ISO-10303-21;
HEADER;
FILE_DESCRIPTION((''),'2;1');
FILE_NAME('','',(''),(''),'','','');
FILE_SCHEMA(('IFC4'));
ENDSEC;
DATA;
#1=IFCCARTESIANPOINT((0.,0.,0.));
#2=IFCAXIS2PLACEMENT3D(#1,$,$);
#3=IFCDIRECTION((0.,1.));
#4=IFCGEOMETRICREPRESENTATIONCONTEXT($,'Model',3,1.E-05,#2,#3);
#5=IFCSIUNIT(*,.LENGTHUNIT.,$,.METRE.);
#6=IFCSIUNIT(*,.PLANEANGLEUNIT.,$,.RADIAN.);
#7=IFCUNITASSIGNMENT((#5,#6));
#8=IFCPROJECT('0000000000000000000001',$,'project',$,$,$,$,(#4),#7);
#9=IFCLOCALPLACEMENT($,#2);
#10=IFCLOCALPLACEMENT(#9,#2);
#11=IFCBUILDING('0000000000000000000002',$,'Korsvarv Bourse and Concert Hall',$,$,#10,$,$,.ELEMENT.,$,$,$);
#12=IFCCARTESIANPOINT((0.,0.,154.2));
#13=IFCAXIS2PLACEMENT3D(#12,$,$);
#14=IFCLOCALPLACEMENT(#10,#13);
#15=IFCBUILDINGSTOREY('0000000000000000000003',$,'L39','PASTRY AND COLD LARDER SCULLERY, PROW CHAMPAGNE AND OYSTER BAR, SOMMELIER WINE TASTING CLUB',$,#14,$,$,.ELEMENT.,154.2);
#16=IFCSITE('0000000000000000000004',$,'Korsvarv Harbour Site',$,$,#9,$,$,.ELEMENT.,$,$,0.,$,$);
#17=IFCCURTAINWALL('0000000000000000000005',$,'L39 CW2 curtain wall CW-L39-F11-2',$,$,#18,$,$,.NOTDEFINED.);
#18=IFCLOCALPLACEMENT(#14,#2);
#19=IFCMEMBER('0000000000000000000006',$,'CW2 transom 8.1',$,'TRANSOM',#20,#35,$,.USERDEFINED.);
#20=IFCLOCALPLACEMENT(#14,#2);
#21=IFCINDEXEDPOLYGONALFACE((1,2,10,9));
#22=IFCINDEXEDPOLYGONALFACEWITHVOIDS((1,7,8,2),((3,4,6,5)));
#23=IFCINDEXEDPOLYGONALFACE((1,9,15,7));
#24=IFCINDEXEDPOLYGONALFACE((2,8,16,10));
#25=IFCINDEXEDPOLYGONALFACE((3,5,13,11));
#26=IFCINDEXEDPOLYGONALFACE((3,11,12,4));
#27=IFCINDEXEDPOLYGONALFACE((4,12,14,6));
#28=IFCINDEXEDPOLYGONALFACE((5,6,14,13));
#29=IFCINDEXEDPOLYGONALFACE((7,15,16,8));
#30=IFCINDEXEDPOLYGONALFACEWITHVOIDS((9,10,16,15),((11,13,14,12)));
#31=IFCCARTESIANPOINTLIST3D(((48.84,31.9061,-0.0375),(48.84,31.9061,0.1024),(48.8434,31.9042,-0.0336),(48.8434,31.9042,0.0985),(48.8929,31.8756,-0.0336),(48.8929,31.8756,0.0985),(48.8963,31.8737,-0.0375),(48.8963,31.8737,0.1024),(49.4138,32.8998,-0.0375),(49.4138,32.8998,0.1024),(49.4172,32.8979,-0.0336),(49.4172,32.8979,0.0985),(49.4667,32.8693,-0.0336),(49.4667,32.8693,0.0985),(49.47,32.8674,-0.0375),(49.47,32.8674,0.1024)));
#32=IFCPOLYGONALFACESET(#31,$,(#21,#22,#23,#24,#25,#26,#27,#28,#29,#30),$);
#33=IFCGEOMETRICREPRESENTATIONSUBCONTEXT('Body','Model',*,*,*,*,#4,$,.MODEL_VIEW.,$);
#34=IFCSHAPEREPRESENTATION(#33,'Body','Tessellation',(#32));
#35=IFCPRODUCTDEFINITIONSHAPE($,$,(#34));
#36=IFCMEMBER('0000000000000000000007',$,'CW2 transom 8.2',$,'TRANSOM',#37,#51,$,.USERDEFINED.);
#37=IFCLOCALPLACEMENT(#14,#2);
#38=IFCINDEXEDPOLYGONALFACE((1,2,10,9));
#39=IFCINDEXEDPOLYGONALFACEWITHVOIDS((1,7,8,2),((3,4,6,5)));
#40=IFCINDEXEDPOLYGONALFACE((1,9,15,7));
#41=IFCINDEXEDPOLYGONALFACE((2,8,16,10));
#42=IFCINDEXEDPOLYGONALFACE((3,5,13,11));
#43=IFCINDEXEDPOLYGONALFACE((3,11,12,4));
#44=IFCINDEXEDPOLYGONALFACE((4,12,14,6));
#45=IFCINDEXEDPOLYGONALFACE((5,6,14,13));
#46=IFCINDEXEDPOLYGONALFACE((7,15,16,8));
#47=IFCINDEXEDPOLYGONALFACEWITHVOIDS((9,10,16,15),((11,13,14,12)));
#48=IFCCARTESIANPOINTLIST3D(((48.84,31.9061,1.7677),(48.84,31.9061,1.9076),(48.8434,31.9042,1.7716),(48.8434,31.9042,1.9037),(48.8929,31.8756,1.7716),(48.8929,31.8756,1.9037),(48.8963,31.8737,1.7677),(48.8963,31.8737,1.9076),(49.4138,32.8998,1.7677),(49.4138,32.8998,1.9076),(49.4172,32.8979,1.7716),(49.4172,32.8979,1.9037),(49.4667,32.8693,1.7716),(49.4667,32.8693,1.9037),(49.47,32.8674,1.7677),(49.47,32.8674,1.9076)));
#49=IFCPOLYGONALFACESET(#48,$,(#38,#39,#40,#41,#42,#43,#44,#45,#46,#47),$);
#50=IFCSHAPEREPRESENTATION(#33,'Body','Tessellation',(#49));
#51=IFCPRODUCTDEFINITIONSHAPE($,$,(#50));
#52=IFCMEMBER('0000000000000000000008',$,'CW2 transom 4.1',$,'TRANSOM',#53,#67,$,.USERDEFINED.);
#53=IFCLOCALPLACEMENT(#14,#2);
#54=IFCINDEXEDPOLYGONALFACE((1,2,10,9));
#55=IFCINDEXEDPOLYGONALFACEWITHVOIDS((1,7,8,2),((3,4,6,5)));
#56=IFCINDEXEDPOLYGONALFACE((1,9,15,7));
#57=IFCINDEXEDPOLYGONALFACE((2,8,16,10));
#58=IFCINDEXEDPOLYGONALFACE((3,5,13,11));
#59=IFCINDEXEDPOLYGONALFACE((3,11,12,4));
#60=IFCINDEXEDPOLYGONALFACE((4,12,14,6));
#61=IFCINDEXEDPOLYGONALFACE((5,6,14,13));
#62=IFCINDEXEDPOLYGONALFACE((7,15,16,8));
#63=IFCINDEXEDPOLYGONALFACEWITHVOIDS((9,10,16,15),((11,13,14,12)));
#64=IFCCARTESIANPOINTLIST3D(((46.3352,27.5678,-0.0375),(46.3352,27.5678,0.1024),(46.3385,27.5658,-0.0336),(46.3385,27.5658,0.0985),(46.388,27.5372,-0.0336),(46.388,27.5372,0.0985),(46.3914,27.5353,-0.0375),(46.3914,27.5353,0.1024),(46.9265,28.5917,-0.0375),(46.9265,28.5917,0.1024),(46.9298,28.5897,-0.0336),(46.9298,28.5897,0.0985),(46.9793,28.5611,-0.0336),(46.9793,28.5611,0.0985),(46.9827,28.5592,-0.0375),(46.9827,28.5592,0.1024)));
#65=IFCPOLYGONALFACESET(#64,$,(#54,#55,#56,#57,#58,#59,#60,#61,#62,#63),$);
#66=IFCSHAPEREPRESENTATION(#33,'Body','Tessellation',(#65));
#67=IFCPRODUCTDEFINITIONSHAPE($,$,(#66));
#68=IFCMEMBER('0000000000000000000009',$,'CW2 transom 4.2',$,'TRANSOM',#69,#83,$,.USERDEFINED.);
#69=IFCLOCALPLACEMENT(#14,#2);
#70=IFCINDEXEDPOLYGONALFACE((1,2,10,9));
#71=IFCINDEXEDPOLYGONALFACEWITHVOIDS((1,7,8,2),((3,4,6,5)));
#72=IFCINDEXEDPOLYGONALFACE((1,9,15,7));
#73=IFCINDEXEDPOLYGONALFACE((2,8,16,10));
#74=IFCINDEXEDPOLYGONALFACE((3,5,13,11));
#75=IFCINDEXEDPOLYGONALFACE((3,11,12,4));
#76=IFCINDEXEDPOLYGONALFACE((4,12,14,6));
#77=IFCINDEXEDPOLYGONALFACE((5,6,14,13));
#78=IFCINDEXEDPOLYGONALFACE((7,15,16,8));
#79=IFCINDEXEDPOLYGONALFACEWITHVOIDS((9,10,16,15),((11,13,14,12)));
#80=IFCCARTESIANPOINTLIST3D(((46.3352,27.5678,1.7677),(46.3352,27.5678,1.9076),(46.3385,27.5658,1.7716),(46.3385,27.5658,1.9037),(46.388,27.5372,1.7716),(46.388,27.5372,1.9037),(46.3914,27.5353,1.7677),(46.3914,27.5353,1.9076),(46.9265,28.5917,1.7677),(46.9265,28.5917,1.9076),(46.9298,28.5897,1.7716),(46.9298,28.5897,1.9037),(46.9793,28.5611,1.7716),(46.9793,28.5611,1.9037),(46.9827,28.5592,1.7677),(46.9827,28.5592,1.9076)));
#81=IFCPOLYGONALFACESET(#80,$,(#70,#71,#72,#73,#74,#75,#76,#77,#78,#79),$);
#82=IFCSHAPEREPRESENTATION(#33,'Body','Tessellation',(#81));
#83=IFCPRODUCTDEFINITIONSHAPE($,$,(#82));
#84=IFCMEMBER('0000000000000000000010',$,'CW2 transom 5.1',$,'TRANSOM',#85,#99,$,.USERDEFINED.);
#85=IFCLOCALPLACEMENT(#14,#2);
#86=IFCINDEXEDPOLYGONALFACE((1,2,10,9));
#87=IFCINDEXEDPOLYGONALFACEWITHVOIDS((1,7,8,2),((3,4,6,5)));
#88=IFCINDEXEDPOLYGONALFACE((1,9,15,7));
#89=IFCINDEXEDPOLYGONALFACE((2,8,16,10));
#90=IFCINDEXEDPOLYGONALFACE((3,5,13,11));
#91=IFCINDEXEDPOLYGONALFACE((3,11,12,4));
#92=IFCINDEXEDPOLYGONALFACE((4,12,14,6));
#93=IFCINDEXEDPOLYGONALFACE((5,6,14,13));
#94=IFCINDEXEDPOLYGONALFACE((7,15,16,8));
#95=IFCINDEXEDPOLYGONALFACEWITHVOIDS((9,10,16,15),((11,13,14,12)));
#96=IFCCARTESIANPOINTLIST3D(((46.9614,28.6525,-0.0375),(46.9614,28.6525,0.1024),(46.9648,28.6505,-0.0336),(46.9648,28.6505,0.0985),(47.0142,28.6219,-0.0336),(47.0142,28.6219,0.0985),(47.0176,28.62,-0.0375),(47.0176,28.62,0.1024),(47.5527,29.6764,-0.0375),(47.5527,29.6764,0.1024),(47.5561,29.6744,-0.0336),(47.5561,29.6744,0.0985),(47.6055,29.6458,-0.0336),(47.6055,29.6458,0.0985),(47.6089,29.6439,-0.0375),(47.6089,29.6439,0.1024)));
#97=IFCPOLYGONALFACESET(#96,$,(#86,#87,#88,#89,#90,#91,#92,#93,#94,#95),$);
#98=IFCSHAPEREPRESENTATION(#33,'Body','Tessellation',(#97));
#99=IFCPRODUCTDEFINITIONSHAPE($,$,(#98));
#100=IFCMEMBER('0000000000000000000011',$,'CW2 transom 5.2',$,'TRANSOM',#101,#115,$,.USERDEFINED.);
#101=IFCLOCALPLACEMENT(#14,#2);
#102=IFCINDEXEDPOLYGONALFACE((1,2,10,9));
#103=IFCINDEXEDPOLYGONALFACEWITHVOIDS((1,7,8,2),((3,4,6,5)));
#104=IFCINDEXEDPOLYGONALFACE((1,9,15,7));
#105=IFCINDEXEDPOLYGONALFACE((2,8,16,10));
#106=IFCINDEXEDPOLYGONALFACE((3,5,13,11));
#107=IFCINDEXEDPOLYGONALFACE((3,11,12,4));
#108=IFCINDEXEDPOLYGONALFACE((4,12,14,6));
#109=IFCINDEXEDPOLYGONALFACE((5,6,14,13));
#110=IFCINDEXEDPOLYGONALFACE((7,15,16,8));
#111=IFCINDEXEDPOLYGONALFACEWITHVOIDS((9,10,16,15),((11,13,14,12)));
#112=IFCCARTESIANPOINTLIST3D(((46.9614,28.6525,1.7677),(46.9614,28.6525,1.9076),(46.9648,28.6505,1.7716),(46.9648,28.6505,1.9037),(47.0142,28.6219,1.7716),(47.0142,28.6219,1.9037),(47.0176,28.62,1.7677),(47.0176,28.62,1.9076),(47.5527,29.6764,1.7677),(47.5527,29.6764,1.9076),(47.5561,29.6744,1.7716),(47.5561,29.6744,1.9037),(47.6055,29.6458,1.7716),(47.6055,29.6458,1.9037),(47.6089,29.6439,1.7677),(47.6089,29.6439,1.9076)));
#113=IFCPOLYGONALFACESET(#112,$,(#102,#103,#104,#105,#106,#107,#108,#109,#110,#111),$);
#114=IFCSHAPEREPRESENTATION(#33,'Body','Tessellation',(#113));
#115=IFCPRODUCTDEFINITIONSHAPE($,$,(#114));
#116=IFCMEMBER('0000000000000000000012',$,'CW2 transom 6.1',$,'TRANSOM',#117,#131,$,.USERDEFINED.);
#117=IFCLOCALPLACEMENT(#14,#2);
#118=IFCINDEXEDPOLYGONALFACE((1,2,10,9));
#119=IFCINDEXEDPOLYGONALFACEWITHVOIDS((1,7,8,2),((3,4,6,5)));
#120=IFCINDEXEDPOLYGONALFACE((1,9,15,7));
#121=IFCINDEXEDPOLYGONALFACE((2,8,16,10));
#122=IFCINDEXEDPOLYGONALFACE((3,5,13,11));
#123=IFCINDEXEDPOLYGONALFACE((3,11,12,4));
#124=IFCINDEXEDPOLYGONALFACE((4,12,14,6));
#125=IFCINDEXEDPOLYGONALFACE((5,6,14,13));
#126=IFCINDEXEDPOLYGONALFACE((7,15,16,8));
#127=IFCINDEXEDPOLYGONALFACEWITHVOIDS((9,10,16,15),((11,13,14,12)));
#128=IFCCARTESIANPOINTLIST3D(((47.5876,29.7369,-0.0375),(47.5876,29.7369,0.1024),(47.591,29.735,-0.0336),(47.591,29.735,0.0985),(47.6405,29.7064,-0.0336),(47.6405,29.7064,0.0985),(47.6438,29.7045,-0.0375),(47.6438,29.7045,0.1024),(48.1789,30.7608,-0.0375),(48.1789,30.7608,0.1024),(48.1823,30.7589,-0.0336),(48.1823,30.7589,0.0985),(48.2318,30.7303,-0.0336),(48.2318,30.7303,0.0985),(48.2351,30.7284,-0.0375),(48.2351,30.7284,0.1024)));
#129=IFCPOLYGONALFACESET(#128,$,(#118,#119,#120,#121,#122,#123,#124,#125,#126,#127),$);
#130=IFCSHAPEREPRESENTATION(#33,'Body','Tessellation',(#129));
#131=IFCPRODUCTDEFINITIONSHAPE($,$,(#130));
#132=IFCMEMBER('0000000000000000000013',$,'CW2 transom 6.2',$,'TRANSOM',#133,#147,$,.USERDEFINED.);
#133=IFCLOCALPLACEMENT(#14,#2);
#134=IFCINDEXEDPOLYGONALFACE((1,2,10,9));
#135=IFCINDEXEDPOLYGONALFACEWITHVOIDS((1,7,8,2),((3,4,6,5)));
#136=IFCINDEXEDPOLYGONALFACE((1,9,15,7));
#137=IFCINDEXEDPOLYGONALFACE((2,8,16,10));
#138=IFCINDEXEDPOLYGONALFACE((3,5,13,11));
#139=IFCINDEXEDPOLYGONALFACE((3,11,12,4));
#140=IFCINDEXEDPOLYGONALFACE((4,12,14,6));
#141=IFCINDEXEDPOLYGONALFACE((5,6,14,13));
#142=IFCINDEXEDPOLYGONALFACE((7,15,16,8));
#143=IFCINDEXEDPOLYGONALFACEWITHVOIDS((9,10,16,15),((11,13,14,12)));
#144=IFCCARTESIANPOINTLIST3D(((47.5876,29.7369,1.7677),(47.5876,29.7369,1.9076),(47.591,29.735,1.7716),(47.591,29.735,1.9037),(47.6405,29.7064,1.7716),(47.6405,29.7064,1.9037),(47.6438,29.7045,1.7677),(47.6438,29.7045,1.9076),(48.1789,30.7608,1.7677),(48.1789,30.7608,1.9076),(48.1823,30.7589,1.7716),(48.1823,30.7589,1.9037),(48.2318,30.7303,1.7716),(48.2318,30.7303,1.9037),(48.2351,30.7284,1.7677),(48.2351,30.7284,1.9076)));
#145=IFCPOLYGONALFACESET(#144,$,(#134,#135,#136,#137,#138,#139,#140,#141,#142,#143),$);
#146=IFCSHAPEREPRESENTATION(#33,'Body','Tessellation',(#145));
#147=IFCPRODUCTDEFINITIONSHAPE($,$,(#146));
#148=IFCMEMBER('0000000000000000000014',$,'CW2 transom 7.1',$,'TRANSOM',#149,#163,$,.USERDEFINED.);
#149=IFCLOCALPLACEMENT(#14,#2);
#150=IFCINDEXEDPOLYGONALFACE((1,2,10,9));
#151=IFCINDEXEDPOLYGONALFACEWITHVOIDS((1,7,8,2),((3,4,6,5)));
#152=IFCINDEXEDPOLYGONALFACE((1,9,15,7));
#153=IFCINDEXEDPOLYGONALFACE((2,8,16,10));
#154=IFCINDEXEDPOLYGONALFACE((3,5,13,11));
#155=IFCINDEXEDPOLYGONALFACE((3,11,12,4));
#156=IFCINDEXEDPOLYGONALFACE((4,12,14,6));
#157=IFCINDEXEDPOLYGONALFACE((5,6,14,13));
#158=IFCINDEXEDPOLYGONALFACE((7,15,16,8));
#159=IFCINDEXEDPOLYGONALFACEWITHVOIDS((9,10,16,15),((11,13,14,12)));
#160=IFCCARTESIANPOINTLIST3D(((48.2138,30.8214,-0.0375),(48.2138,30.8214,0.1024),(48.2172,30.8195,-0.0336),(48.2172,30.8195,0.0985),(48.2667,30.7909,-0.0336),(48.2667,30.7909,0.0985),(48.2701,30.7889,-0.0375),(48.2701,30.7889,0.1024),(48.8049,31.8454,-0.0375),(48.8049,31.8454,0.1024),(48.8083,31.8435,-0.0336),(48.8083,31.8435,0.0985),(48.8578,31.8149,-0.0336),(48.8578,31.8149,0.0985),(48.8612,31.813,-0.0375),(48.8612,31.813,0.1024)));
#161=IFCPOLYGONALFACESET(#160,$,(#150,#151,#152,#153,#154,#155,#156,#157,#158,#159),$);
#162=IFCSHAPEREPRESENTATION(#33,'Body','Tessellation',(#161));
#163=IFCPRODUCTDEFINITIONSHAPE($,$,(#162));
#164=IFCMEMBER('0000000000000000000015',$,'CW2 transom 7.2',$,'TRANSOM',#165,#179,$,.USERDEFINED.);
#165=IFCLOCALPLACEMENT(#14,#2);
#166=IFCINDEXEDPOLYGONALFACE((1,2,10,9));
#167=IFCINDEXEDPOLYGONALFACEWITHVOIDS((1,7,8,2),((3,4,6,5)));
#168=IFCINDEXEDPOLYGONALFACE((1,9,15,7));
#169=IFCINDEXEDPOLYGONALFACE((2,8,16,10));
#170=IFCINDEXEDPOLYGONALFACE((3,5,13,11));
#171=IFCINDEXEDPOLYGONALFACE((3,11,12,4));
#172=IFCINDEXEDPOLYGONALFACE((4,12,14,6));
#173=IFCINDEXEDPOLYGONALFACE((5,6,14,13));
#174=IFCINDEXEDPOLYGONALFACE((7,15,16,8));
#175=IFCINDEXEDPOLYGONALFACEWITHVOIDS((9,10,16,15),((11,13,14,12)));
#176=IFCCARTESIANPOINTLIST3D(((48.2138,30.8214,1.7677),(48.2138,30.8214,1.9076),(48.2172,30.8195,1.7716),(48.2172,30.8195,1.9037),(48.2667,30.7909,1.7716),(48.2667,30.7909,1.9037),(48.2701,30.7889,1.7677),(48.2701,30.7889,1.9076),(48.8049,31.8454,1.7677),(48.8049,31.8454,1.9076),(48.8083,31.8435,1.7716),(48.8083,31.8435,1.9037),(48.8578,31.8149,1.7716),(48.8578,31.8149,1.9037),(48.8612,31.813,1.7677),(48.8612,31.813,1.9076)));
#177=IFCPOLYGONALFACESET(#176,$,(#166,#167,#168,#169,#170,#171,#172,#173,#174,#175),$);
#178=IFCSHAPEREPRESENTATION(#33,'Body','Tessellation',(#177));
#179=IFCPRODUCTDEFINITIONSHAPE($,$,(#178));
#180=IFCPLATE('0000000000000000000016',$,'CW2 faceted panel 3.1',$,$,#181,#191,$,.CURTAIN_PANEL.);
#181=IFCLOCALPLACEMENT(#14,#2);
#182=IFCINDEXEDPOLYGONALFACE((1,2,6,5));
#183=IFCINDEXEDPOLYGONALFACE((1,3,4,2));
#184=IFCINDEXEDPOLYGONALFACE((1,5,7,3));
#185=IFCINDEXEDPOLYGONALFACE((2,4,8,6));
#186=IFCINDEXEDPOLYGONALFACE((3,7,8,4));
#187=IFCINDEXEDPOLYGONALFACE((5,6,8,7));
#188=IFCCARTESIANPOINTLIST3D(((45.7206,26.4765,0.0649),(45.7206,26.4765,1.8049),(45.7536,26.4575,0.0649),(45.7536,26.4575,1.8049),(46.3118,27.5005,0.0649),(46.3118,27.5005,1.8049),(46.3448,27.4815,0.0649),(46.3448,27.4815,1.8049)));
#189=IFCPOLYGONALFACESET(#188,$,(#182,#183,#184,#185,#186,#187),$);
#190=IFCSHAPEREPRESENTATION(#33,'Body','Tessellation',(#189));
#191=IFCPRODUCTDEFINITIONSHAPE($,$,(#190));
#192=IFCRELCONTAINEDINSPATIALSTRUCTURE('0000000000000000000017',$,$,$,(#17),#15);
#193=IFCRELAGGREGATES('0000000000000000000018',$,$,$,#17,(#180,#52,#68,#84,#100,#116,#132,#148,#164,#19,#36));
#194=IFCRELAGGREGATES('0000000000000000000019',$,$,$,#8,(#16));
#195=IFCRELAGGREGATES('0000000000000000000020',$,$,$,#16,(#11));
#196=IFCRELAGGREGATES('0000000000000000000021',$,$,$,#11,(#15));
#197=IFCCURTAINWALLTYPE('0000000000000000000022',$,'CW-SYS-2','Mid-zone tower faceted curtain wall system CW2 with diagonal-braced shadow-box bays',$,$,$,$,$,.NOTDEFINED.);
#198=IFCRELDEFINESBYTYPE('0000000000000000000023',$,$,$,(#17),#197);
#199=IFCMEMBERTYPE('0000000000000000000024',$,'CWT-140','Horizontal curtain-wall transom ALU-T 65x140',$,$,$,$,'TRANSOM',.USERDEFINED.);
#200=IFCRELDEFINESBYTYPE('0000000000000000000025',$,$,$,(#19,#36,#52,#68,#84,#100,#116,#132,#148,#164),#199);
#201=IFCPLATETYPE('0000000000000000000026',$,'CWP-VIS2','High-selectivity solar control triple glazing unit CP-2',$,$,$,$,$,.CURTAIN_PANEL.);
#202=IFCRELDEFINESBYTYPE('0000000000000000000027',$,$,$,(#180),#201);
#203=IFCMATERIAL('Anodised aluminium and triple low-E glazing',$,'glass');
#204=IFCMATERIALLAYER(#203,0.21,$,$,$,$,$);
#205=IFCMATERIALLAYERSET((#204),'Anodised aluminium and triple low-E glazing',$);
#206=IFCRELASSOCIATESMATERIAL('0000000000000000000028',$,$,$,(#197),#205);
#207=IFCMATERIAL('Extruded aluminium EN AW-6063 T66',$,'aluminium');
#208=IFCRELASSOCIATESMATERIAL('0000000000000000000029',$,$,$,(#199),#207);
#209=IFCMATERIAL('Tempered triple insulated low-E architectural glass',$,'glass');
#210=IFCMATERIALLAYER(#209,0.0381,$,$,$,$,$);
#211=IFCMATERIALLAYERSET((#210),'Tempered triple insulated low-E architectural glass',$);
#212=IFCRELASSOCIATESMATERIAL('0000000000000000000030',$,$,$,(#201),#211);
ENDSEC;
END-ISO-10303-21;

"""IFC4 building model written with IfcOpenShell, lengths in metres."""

from ifc_helpers import new_model, si_unit, direction, frame, origin, origin_2d, place, context, subcontext, project, spatial, rectangle, hollow_rectangle, extrude, source, transform, mapped, material, layer, layer_set, material_profile, profile_set, type_object, element, aggregate, save


model = new_model("IFC4")

# Units and contexts
model_context = context("Model", 3, precision=1e-05, world=origin(), true_north=direction((0.0, 1.0)))
body_context = subcontext(model_context, "Body", "Model", "MODEL_VIEW")
ifc_project = project(units=[si_unit("LENGTHUNIT", "METRE"), si_unit("PLANEANGLEUNIT", "RADIAN")], contexts=[model_context])

# Site, building, storey
site_placement = place(None, origin())
site = spatial("IfcSite", under=ifc_project, at=site_placement, Name="Korsvarv Harbour Site", CompositionType="ELEMENT", RefElevation=0.0)
building_placement = place(site_placement, origin())
building = spatial("IfcBuilding", under=site, at=building_placement, Name="Korsvarv Bourse and Concert Hall", CompositionType="ELEMENT")
storey_placement = place(building_placement, frame((0.0, 0.0, 154.2)))
storey = spatial("IfcBuildingStorey", under=building, at=storey_placement, Name="L39", Description="PASTRY AND COLD LARDER SCULLERY, PROW CHAMPAGNE AND OYSTER BAR, SOMMELIER WINE TASTING CLUB", CompositionType="ELEMENT", Elevation=154.2)

# Curtain wall, members, plate
ifc_material_1 = material(Name="Anodised aluminium and triple low-E glazing", Category="glass")
ifc_layer_1 = layer(ifc_material_1, 0.21)
ifc_layer_set_1 = layer_set([ifc_layer_1], Name="Anodised aluminium and triple low-E glazing")
curtain_wall_type = type_object("IfcCurtainWallType", Name="CW-SYS-2", Description="Mid-zone tower faceted curtain wall system CW2 with diagonal-braced shadow-box bays", PredefinedType="NOTDEFINED", material=ifc_layer_set_1)
curtain_wall_placement = place(storey_placement, origin())
curtain_wall = element("IfcCurtainWall", 1, at=curtain_wall_placement, inside=storey, type_object=curtain_wall_type, Name="L39 CW2 curtain wall CW-L39-F11-2", PredefinedType="NOTDEFINED")
ifc_material_2 = material(Name="Extruded aluminium EN AW-6063 T66", Category="aluminium")
ifc_material_profile_1 = material_profile(ifc_material_2, hollow_rectangle(XDim=0.0649, YDim=0.1399, WallThickness=0.0039, at=origin_2d()), Name="ALU-T 65x140")
ifc_profile_set_1 = profile_set([ifc_material_profile_1], Name="Extruded aluminium EN AW-6063 T66")
member_type_1 = type_object("IfcMemberType", Name="CWT-140", Description="Horizontal curtain-wall transom ALU-T 65x140", ElementType="TRANSOM", PredefinedType="USERDEFINED", material=ifc_profile_set_1)
shared_shape_1 = source(origin(), body_context, "Body", "SweptSolid", [
    extrude(hollow_rectangle(XDim=0.0649, YDim=0.1399, WallThickness=0.0039, at=origin_2d()), origin(), (0.0, 0.0, 1.0), 1.1475),
])
member_1_placement = place(storey_placement, frame((48.8682, 31.8899, 0.0325), z_axis=(0.500029, 0.866008, 0.0), x_axis=(-0.866008, 0.500029, 0.0)))
member_1 = element("IfcMember", 2, at=member_1_placement, type_object=member_type_1, Name="CW2 transom 8.1", ObjectType="TRANSOM", PredefinedType="USERDEFINED", context=body_context, shape_type="MappedRepresentation", body=[
    mapped(shared_shape_1, transform((0.0, 0.0, 0.0), scale=1.0)),
])
member_2_placement = place(storey_placement, frame((48.8682, 31.8899, 1.8376), z_axis=(0.500029, 0.866008, 0.0), x_axis=(-0.866008, 0.500029, 0.0)))
member_2 = element("IfcMember", 3, at=member_2_placement, type_object=member_type_1, Name="CW2 transom 8.2", ObjectType="TRANSOM", PredefinedType="USERDEFINED", context=body_context, shape_type="MappedRepresentation", body=[
    mapped(shared_shape_1, transform((0.0, 0.0, 0.0), scale=1.0)),
])
shared_shape_2 = source(origin(), body_context, "Body", "SweptSolid", [
    extrude(hollow_rectangle(XDim=0.0649, YDim=0.1399, WallThickness=0.0039, at=origin_2d()), origin(), (0.0, 0.0, 1.0), 1.1824),
])
member_3_placement = place(storey_placement, frame((46.3633, 27.5515, 0.0325), z_axis=(0.500092, 0.865972, 0.0), x_axis=(-0.865972, 0.500092, 0.0)))
member_3 = element("IfcMember", 4, at=member_3_placement, type_object=member_type_1, Name="CW2 transom 4.1", ObjectType="TRANSOM", PredefinedType="USERDEFINED", context=body_context, shape_type="MappedRepresentation", body=[
    mapped(shared_shape_2, transform((0.0, 0.0, 0.0), scale=1.0)),
])
member_4_placement = place(storey_placement, frame((46.3633, 27.5515, 1.8376), z_axis=(0.500092, 0.865972, 0.0), x_axis=(-0.865972, 0.500092, 0.0)))
member_4 = element("IfcMember", 5, at=member_4_placement, type_object=member_type_1, Name="CW2 transom 4.2", ObjectType="TRANSOM", PredefinedType="USERDEFINED", context=body_context, shape_type="MappedRepresentation", body=[
    mapped(shared_shape_2, transform((0.0, 0.0, 0.0), scale=1.0)),
])
member_5_placement = place(storey_placement, frame((46.9895, 28.6362, 0.0325), z_axis=(0.500092, 0.865972, 0.0), x_axis=(-0.865972, 0.500092, 0.0)))
member_5 = element("IfcMember", 6, at=member_5_placement, type_object=member_type_1, Name="CW2 transom 5.1", ObjectType="TRANSOM", PredefinedType="USERDEFINED", context=body_context, shape_type="MappedRepresentation", body=[
    mapped(shared_shape_2, transform((0.0, 0.0, 0.0), scale=1.0)),
])
member_6_placement = place(storey_placement, frame((46.9895, 28.6362, 1.8376), z_axis=(0.500092, 0.865972, 0.0), x_axis=(-0.865972, 0.500092, 0.0)))
member_6 = element("IfcMember", 7, at=member_6_placement, type_object=member_type_1, Name="CW2 transom 5.2", ObjectType="TRANSOM", PredefinedType="USERDEFINED", context=body_context, shape_type="MappedRepresentation", body=[
    mapped(shared_shape_2, transform((0.0, 0.0, 0.0), scale=1.0)),
])
member_7_placement = place(storey_placement, frame((47.6157, 29.7207, 0.0325), z_axis=(0.500092, 0.865972, 0.0), x_axis=(-0.865972, 0.500092, 0.0)))
member_7 = element("IfcMember", 8, at=member_7_placement, type_object=member_type_1, Name="CW2 transom 6.1", ObjectType="TRANSOM", PredefinedType="USERDEFINED", context=body_context, shape_type="MappedRepresentation", body=[
    mapped(shared_shape_2, transform((0.0, 0.0, 0.0), scale=1.0)),
])
member_8_placement = place(storey_placement, frame((47.6157, 29.7207, 1.8376), z_axis=(0.500092, 0.865972, 0.0), x_axis=(-0.865972, 0.500092, 0.0)))
member_8 = element("IfcMember", 9, at=member_8_placement, type_object=member_type_1, Name="CW2 transom 6.2", ObjectType="TRANSOM", PredefinedType="USERDEFINED", context=body_context, shape_type="MappedRepresentation", body=[
    mapped(shared_shape_2, transform((0.0, 0.0, 0.0), scale=1.0)),
])
member_9_placement = place(storey_placement, frame((48.2419, 30.8052, 0.0325), z_axis=(0.499937, 0.866062, 0.0), x_axis=(-0.866062, 0.499937, 0.0)))
member_9 = element("IfcMember", 10, at=member_9_placement, type_object=member_type_1, Name="CW2 transom 7.1", ObjectType="TRANSOM", PredefinedType="USERDEFINED", context=body_context, shape_type="MappedRepresentation", body=[
    mapped(shared_shape_2, transform((0.0, 0.0, 0.0), scale=1.0)),
])
member_10_placement = place(storey_placement, frame((48.2419, 30.8052, 1.8376), z_axis=(0.499937, 0.866062, 0.0), x_axis=(-0.866062, 0.499937, 0.0)))
member_10 = element("IfcMember", 11, at=member_10_placement, type_object=member_type_1, Name="CW2 transom 7.2", ObjectType="TRANSOM", PredefinedType="USERDEFINED", context=body_context, shape_type="MappedRepresentation", body=[
    mapped(shared_shape_2, transform((0.0, 0.0, 0.0), scale=1.0)),
])
ifc_material_3 = material(Name="Tempered triple insulated low-E architectural glass", Category="glass")
ifc_layer_2 = layer(ifc_material_3, 0.0381)
ifc_layer_set_2 = layer_set([ifc_layer_2], Name="Tempered triple insulated low-E architectural glass")
plate_type_1 = type_object("IfcPlateType", Name="CWP-VIS2", Description="High-selectivity solar control triple glazing unit CP-2", PredefinedType="CURTAIN_PANEL", material=ifc_layer_set_2)
shared_shape_3 = source(origin(), body_context, "Body", "SweptSolid", [
    extrude(rectangle(XDim=1.1824, YDim=0.0381, at=origin_2d()), origin(), (0.0, 0.0, 1.0), 1.74),
])
plate_1_placement = place(storey_placement, frame((46.0327, 26.979, 0.0649), z_axis=(0.0, 0.0, 1.0), x_axis=(0.500005, 0.866023, 0.0)))
plate_1 = element("IfcPlate", 12, at=plate_1_placement, type_object=plate_type_1, Name="CW2 faceted panel 3.1", PredefinedType="CURTAIN_PANEL", context=body_context, shape_type="MappedRepresentation", body=[
    mapped(shared_shape_3, transform((0.0, 0.0, 0.0), scale=1.0)),
])
aggregate(curtain_wall, [plate_1, member_3, member_4, member_5, member_6, member_7, member_8, member_9, member_10, member_1, member_2])

save(model, "model.ifc")
